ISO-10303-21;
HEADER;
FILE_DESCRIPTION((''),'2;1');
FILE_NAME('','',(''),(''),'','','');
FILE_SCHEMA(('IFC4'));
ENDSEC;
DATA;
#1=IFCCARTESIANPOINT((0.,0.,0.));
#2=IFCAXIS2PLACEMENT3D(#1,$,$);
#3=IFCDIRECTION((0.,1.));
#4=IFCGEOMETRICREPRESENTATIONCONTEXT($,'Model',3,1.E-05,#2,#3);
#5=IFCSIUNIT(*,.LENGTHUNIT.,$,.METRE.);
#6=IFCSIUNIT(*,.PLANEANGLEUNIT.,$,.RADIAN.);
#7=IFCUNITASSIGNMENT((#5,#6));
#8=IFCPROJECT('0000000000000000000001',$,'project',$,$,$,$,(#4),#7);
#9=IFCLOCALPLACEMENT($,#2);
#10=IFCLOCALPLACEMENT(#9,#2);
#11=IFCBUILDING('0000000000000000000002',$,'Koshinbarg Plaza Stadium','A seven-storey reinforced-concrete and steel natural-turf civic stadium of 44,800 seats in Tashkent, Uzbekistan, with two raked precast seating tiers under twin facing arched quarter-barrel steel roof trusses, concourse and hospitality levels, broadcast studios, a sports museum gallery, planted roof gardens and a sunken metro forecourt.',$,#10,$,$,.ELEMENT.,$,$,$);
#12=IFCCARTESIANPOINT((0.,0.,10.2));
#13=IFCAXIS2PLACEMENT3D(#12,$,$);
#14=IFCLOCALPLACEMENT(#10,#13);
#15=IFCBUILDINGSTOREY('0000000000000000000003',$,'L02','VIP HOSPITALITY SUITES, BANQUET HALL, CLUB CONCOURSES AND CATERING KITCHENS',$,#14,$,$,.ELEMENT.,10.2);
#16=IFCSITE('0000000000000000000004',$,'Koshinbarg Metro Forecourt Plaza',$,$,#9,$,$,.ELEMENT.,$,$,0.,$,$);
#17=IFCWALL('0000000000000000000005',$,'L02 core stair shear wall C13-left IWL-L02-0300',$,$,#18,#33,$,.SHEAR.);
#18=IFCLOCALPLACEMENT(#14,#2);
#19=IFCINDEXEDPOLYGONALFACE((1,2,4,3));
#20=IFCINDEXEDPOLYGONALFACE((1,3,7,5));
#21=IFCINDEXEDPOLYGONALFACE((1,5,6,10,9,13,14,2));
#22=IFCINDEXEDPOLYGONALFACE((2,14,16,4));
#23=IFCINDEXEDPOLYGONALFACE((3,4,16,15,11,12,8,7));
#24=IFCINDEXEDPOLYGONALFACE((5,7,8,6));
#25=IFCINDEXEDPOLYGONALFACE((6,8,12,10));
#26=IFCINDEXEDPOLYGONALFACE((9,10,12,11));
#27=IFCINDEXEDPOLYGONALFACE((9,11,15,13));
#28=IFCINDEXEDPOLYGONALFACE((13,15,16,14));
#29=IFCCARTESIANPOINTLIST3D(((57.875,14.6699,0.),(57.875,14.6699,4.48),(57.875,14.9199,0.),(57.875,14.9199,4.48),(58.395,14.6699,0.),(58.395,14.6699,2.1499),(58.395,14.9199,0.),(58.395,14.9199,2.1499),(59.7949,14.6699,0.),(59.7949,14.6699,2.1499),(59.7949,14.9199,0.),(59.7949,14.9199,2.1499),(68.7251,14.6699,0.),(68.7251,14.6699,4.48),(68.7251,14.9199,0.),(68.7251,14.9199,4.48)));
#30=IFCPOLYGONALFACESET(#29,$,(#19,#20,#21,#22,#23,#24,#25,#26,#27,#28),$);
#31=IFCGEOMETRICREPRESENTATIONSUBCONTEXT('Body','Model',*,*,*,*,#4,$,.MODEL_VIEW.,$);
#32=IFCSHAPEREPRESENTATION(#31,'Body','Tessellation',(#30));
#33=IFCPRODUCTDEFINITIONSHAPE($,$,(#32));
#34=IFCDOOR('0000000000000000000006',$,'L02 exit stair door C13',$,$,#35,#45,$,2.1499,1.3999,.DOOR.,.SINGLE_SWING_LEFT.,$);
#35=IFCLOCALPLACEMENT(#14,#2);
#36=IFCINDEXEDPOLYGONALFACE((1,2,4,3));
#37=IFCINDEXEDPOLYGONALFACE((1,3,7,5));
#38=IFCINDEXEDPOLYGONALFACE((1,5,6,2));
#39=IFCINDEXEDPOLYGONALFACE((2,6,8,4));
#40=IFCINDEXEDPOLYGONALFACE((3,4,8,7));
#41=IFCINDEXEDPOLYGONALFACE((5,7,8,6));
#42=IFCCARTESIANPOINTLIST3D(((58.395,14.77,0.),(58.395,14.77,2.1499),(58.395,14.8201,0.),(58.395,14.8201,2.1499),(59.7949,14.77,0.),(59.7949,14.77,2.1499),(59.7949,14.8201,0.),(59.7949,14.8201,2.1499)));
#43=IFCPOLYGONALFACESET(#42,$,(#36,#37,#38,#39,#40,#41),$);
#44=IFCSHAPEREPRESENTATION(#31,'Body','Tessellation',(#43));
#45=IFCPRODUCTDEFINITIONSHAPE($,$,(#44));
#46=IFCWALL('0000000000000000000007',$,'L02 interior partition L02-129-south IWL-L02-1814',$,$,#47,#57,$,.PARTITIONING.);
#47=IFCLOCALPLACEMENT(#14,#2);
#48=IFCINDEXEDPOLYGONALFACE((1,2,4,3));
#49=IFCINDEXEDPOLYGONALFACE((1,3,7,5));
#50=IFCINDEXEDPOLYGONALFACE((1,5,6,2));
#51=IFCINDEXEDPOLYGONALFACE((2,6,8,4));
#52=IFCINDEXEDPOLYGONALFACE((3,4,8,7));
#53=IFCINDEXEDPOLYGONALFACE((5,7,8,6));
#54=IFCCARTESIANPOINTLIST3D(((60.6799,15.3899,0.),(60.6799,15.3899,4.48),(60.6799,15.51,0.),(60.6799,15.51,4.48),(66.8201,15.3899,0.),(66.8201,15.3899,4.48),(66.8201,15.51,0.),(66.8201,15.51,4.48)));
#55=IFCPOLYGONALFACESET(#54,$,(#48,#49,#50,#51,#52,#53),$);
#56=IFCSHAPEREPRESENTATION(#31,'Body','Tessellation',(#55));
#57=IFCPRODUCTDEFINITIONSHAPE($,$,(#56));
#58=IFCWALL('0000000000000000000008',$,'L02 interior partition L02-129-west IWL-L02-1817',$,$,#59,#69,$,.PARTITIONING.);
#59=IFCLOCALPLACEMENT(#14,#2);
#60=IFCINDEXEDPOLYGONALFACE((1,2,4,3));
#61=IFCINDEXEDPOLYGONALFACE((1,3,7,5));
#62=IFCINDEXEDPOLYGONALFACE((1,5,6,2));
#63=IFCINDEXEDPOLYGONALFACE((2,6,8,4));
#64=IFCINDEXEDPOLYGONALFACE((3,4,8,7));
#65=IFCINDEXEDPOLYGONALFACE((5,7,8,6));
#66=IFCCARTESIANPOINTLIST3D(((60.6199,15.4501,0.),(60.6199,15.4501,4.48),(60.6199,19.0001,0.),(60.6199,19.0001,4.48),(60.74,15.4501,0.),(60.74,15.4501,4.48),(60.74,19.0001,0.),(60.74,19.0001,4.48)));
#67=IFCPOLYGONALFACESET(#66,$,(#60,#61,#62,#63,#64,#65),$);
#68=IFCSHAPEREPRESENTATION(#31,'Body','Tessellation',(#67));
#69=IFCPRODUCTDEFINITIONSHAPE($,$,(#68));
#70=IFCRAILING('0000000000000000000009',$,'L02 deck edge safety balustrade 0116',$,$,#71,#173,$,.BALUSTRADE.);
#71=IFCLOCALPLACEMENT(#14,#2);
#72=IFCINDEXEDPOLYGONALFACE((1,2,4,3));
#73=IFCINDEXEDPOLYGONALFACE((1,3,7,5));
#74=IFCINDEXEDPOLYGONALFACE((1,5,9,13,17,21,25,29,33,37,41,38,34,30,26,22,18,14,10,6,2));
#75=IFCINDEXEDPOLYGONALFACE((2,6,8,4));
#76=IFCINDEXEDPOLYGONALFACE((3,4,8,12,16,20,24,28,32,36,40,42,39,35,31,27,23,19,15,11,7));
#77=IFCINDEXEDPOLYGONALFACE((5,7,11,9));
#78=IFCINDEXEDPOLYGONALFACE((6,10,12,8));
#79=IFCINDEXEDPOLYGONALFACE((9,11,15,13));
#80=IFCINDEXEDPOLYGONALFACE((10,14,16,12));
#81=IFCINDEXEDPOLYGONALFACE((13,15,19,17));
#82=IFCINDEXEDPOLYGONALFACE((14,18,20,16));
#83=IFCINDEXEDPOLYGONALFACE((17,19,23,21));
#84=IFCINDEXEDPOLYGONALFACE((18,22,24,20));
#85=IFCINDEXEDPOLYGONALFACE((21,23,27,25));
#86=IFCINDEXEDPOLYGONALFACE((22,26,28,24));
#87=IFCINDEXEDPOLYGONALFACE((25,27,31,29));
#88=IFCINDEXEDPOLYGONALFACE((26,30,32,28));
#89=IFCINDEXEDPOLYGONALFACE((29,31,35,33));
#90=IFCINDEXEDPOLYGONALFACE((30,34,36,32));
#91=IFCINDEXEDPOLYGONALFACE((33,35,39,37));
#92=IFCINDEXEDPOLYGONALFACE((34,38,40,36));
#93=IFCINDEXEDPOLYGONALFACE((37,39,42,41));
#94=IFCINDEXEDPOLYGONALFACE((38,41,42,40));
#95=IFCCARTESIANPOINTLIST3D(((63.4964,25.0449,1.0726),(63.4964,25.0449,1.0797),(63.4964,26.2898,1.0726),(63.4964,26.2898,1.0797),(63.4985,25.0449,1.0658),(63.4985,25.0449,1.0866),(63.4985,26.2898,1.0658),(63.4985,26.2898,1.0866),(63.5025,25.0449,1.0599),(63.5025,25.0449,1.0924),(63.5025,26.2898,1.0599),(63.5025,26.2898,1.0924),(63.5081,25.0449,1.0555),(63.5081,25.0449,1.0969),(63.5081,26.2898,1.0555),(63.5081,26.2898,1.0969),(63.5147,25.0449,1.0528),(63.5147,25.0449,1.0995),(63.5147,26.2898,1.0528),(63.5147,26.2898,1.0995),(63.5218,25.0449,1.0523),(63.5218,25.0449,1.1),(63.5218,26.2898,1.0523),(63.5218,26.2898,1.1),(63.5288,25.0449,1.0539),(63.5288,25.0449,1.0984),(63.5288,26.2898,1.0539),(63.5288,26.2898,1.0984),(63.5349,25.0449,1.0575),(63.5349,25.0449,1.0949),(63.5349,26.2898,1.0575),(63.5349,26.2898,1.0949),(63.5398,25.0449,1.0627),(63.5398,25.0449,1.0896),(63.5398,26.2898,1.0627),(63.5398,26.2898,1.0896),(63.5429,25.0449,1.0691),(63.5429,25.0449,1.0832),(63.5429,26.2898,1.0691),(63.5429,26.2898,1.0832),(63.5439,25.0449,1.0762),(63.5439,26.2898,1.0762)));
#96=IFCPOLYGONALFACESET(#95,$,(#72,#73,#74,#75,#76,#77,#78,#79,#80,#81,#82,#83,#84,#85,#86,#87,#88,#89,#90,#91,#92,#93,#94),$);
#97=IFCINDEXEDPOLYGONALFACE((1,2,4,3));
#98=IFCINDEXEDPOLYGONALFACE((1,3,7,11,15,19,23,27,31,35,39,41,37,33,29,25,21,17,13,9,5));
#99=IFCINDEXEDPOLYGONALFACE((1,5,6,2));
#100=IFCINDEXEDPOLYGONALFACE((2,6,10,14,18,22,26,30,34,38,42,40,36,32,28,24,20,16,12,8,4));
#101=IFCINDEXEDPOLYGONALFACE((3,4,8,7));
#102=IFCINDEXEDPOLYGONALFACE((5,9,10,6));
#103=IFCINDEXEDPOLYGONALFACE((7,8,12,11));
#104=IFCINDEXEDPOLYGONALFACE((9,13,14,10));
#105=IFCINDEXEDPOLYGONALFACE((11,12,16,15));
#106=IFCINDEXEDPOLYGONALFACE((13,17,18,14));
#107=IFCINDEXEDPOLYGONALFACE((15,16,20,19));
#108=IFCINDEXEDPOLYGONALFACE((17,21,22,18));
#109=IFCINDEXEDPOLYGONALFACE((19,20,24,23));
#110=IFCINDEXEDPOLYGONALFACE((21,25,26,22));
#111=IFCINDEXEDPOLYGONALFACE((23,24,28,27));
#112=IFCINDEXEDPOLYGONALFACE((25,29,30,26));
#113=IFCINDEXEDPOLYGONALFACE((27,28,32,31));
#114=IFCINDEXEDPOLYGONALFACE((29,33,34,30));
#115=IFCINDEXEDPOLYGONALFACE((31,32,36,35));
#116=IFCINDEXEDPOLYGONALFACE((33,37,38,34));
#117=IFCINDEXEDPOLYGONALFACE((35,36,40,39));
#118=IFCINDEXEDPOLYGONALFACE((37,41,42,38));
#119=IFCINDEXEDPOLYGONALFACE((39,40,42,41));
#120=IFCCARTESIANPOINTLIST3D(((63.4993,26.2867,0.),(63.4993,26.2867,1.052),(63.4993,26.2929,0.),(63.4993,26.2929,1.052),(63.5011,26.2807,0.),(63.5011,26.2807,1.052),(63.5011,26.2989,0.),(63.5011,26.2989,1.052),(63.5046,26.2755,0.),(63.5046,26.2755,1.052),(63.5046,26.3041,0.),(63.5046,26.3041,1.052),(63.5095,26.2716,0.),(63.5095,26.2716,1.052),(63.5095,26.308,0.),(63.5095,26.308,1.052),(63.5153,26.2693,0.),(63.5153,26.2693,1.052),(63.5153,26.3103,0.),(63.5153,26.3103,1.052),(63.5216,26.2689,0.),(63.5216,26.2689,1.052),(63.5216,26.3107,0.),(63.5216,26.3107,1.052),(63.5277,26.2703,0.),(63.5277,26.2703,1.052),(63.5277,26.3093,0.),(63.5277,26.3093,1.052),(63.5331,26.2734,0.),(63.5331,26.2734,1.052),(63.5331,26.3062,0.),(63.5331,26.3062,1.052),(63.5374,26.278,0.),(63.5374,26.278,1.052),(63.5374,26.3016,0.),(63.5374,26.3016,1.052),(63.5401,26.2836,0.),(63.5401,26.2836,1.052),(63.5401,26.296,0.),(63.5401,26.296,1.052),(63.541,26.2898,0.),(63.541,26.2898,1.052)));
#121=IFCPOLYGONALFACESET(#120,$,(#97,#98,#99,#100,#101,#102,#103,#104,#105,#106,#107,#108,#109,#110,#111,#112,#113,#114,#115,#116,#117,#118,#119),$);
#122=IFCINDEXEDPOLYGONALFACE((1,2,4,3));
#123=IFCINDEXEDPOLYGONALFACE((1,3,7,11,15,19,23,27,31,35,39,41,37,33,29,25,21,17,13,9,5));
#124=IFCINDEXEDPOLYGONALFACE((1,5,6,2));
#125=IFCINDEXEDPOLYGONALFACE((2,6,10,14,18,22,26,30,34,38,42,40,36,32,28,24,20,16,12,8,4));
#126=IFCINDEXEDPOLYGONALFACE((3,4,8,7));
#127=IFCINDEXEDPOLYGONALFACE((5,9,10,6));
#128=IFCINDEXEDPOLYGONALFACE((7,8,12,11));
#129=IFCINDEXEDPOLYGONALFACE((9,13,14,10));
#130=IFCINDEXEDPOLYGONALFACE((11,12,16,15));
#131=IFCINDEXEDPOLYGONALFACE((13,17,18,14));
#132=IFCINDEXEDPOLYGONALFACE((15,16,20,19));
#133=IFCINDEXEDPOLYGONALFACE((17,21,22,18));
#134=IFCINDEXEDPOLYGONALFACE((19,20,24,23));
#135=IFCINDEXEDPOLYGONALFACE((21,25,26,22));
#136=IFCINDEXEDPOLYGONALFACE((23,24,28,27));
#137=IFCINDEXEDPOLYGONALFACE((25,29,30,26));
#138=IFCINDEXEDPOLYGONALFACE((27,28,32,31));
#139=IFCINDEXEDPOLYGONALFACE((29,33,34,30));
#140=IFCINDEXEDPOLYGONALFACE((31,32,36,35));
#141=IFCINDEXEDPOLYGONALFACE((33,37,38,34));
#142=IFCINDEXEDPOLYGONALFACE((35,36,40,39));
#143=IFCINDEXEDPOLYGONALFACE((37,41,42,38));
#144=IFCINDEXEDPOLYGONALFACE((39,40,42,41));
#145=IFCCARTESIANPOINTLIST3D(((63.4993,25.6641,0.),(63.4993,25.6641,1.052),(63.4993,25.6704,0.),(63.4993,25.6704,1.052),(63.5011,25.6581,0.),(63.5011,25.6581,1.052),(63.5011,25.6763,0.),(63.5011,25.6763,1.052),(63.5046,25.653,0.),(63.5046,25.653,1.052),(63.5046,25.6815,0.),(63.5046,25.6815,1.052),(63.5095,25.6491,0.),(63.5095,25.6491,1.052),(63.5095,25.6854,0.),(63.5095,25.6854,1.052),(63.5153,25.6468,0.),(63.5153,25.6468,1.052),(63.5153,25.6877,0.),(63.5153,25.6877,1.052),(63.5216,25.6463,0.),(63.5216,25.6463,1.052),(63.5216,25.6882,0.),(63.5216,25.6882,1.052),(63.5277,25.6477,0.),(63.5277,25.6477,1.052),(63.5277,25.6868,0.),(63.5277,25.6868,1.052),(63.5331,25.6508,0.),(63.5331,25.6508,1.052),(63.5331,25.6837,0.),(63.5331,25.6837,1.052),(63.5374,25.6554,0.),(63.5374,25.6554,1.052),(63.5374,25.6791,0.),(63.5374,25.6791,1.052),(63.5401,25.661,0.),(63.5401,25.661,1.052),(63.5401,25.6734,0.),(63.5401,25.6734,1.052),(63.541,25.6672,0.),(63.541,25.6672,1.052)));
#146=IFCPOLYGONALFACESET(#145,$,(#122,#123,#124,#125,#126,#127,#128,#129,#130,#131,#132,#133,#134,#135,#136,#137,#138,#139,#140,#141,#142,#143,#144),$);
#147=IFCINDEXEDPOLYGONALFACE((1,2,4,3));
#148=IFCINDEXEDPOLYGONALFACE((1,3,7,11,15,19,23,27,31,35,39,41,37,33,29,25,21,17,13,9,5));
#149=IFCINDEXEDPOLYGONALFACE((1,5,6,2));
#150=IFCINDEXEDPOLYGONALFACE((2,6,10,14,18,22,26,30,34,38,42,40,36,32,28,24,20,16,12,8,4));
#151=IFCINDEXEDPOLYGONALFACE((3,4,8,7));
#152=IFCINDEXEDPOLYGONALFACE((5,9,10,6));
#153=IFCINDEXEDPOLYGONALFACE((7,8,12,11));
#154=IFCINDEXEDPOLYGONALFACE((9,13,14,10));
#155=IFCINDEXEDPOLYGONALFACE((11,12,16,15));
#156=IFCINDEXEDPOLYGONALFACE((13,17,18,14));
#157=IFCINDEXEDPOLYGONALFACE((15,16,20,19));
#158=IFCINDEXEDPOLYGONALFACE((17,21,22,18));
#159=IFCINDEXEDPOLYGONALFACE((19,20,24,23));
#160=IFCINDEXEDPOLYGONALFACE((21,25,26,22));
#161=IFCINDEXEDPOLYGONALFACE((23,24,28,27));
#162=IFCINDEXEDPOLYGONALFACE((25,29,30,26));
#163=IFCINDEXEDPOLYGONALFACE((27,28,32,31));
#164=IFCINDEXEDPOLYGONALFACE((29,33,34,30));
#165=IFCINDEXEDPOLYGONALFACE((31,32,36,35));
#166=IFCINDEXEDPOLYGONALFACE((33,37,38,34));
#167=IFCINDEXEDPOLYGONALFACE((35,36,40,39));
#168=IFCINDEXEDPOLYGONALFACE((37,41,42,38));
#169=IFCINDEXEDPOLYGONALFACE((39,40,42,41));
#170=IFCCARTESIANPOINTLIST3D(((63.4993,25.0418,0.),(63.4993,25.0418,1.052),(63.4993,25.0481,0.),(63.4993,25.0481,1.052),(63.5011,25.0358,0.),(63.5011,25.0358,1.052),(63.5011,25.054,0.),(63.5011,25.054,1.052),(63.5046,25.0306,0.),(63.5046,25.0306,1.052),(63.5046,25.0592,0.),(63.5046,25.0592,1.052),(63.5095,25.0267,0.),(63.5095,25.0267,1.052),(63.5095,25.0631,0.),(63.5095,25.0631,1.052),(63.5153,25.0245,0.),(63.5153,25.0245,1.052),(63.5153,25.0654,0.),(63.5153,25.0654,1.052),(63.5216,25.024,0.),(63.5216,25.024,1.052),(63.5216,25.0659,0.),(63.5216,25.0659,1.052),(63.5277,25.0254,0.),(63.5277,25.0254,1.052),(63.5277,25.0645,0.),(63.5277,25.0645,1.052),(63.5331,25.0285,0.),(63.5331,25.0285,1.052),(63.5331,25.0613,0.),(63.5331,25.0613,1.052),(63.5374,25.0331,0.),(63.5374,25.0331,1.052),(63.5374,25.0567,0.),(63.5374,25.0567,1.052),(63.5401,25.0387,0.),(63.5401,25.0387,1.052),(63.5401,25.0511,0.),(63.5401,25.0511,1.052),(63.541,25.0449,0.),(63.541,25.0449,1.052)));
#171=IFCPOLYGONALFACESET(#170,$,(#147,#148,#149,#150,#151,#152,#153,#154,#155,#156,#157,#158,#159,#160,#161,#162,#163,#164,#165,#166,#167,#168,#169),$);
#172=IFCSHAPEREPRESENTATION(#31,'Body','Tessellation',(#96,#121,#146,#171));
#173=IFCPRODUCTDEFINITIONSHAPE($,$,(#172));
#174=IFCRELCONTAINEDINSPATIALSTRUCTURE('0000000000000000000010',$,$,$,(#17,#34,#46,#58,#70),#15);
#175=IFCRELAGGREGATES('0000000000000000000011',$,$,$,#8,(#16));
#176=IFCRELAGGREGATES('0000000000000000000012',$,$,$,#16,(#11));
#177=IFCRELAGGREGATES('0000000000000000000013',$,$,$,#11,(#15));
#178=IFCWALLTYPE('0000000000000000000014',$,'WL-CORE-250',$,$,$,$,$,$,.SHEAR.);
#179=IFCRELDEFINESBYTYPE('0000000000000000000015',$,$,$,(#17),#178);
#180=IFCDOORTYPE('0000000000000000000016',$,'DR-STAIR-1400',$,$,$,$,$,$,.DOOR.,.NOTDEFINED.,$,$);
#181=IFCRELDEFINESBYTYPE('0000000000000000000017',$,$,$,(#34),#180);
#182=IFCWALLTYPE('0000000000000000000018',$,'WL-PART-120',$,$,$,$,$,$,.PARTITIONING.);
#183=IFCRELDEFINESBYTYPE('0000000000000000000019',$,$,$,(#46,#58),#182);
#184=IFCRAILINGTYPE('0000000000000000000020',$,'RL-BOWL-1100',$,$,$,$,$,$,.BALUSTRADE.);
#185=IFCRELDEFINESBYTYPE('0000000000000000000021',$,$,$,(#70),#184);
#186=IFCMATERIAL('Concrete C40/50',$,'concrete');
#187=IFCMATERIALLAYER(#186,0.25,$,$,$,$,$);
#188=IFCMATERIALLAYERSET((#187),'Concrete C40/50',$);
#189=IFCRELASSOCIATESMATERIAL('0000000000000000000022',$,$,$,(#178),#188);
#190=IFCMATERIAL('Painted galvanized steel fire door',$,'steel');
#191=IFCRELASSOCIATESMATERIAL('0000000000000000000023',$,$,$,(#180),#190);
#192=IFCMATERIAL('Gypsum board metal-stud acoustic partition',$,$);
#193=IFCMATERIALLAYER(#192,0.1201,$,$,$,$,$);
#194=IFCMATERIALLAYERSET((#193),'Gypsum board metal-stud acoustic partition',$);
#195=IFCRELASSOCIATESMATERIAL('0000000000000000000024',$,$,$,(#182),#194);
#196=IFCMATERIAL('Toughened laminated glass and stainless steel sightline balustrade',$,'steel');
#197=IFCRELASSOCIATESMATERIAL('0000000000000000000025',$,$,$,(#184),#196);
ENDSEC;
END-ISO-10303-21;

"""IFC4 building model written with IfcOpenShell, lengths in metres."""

from ifc_helpers import new_model, si_unit, direction, frame, frame_2d, origin, origin_2d, place, context, subcontext, project, spatial, rectangle, circle, extrude, material, layer, layer_set, type_object, element, fill, save


model = new_model("IFC4")

# Units and contexts
model_context = context("Model", 3, precision=1e-05, world=origin(), true_north=direction((0.0, 1.0)))
body_context = subcontext(model_context, "Body", "Model", "MODEL_VIEW")
ifc_project = project(units=[si_unit("LENGTHUNIT", "METRE"), si_unit("PLANEANGLEUNIT", "RADIAN")], contexts=[model_context])

# Site, building, storey
site_placement = place(None, origin())
site = spatial("IfcSite", under=ifc_project, at=site_placement, Name="Koshinbarg Metro Forecourt Plaza", CompositionType="ELEMENT", RefElevation=0.0)
building_placement = place(site_placement, origin())
building = spatial("IfcBuilding", under=site, at=building_placement, Name="Koshinbarg Plaza Stadium", Description="A seven-storey reinforced-concrete and steel natural-turf civic stadium of 44,800 seats in Tashkent, Uzbekistan, with two raked precast seating tiers under twin facing arched quarter-barrel steel roof trusses, concourse and hospitality levels, broadcast studios, a sports museum gallery, planted roof gardens and a sunken metro forecourt.", CompositionType="ELEMENT")
storey_placement = place(building_placement, frame((0.0, 0.0, 10.2)))
storey = spatial("IfcBuildingStorey", under=building, at=storey_placement, Name="L02", Description="VIP HOSPITALITY SUITES, BANQUET HALL, CLUB CONCOURSES AND CATERING KITCHENS", CompositionType="ELEMENT", Elevation=10.2)

# Shared definitions
ifc_material_1 = material(Name="Concrete C40/50", Category="concrete")

# Shared definitions
ifc_layer_1 = layer(ifc_material_1, 0.25)
ifc_layer_set_1 = layer_set([ifc_layer_1], Name="Concrete C40/50")
wall_type_1 = type_object("IfcWallType", Name="WL-CORE-250", PredefinedType="SHEAR", material=ifc_layer_set_1)

# Wall, opening, door
wall_1_placement = place(storey_placement, frame((57.875, 14.7949, 0.0), z_axis=(0.0, 0.0, 1.0), x_axis=(1.0, 0.0, 0.0)))
wall_1 = element("IfcWall", 1, at=wall_1_placement, inside=storey, type_object=wall_type_1, Name="L02 core stair shear wall C13-left IWL-L02-0300", PredefinedType="SHEAR", context=body_context, shape_type="SweptSolid", body=[
    extrude(rectangle(XDim=10.8501, YDim=0.25, at=frame_2d((5.425, 0.0))), origin(), (0.0, 0.0, 1.0), 4.48),
])
opening_placement = place(wall_1_placement, frame((0.52, 0.0, 0.0)))
opening = element("IfcOpeningElement", 2, at=opening_placement, cuts=wall_1, PredefinedType="OPENING", context=body_context, shape_type="SweptSolid", body=[
    extrude(rectangle(XDim=1.3999, YDim=2.1499, at=frame_2d((0.7, 1.075))), frame((0.0, 0.135, 0.0), z_axis=(0.0, -1.0, 0.0), x_axis=(1.0, 0.0, 0.0)), (0.0, 0.0, 1.0), 0.27),
])
ifc_material_2 = material(Name="Painted galvanized steel fire door", Category="steel")
door_type = type_object("IfcDoorType", Name="DR-STAIR-1400", OperationType="NOTDEFINED", PredefinedType="DOOR", material=ifc_material_2)
door_placement = place(opening_placement, frame((1.3999, 0.0, 0.0), z_axis=(0.0, 0.0, 1.0), x_axis=(-1.0, 0.0, 0.0)))
door = element("IfcDoor", 3, at=door_placement, inside=storey, type_object=door_type, Name="L02 exit stair door C13", OperationType="SINGLE_SWING_LEFT", OverallHeight=2.1499, OverallWidth=1.3999, PredefinedType="DOOR", context=body_context, shape_type="SweptSolid", body=[
    extrude(rectangle(XDim=1.3999, YDim=2.1499, at=frame_2d((0.7, 1.075))), frame((0.0, 0.0249, 0.0), z_axis=(0.0, -1.0, 0.0), x_axis=(1.0, 0.0, 0.0)), (0.0, 0.0, 1.0), 0.05),
])
fill(opening, door)

# Walls
ifc_material_3 = material(Name="Gypsum board metal-stud acoustic partition")
ifc_layer_2 = layer(ifc_material_3, 0.1201)
ifc_layer_set_2 = layer_set([ifc_layer_2], Name="Gypsum board metal-stud acoustic partition")
wall_type_2 = type_object("IfcWallType", Name="WL-PART-120", PredefinedType="PARTITIONING", material=ifc_layer_set_2)
wall_2_placement = place(storey_placement, frame((60.6799, 15.45, 0.0), z_axis=(0.0, 0.0, 1.0), x_axis=(1.0, 0.0, 0.0)))
element("IfcWall", 4, at=wall_2_placement, inside=storey, type_object=wall_type_2, Name="L02 interior partition L02-129-south IWL-L02-1814", PredefinedType="PARTITIONING", context=body_context, shape_type="SweptSolid", body=[
    extrude(rectangle(XDim=6.1401, YDim=0.1201, at=frame_2d((3.0701, 0.0))), origin(), (0.0, 0.0, 1.0), 4.48),
])
wall_3_placement = place(storey_placement, frame((60.6799, 19.0, 0.0), z_axis=(0.0, 0.0, 1.0), x_axis=(0.0, -1.0, 0.0)))
element("IfcWall", 5, at=wall_3_placement, inside=storey, type_object=wall_type_2, Name="L02 interior partition L02-129-west IWL-L02-1817", PredefinedType="PARTITIONING", context=body_context, shape_type="SweptSolid", body=[
    extrude(rectangle(XDim=3.55, YDim=0.1201, at=frame_2d((1.7749, 0.0))), origin(), (0.0, 0.0, 1.0), 4.48),
])

# Railing
ifc_material_4 = material(Name="Toughened laminated glass and stainless steel sightline balustrade", Category="steel")
railing_type = type_object("IfcRailingType", Name="RL-BOWL-1100", PredefinedType="BALUSTRADE", material=ifc_material_4)
railing_placement = place(storey_placement, frame((63.52, 26.2898, 0.0)))
element("IfcRailing", 6, at=railing_placement, inside=storey, type_object=railing_type, Name="L02 deck edge safety balustrade 0116", PredefinedType="BALUSTRADE", context=body_context, shape_type="SweptSolid", body=[
    extrude(circle(Radius=0.0239, at=origin_2d()), frame((0.0, 0.0, 1.0762), z_axis=(0.0, -1.0, 0.0), x_axis=(1.0, 0.0, 0.0)), (0.0, 0.0, 1.0), 1.2449),
    extrude(circle(Radius=0.021, at=origin_2d()), origin(), (0.0, 0.0, 1.0), 1.052),
    extrude(circle(Radius=0.021, at=origin_2d()), frame((0.0, -0.6226, 0.0)), (0.0, 0.0, 1.0), 1.052),
    extrude(circle(Radius=0.021, at=origin_2d()), frame((0.0, -1.2449, 0.0)), (0.0, 0.0, 1.0), 1.052),
])

save(model, "model.ifc")
